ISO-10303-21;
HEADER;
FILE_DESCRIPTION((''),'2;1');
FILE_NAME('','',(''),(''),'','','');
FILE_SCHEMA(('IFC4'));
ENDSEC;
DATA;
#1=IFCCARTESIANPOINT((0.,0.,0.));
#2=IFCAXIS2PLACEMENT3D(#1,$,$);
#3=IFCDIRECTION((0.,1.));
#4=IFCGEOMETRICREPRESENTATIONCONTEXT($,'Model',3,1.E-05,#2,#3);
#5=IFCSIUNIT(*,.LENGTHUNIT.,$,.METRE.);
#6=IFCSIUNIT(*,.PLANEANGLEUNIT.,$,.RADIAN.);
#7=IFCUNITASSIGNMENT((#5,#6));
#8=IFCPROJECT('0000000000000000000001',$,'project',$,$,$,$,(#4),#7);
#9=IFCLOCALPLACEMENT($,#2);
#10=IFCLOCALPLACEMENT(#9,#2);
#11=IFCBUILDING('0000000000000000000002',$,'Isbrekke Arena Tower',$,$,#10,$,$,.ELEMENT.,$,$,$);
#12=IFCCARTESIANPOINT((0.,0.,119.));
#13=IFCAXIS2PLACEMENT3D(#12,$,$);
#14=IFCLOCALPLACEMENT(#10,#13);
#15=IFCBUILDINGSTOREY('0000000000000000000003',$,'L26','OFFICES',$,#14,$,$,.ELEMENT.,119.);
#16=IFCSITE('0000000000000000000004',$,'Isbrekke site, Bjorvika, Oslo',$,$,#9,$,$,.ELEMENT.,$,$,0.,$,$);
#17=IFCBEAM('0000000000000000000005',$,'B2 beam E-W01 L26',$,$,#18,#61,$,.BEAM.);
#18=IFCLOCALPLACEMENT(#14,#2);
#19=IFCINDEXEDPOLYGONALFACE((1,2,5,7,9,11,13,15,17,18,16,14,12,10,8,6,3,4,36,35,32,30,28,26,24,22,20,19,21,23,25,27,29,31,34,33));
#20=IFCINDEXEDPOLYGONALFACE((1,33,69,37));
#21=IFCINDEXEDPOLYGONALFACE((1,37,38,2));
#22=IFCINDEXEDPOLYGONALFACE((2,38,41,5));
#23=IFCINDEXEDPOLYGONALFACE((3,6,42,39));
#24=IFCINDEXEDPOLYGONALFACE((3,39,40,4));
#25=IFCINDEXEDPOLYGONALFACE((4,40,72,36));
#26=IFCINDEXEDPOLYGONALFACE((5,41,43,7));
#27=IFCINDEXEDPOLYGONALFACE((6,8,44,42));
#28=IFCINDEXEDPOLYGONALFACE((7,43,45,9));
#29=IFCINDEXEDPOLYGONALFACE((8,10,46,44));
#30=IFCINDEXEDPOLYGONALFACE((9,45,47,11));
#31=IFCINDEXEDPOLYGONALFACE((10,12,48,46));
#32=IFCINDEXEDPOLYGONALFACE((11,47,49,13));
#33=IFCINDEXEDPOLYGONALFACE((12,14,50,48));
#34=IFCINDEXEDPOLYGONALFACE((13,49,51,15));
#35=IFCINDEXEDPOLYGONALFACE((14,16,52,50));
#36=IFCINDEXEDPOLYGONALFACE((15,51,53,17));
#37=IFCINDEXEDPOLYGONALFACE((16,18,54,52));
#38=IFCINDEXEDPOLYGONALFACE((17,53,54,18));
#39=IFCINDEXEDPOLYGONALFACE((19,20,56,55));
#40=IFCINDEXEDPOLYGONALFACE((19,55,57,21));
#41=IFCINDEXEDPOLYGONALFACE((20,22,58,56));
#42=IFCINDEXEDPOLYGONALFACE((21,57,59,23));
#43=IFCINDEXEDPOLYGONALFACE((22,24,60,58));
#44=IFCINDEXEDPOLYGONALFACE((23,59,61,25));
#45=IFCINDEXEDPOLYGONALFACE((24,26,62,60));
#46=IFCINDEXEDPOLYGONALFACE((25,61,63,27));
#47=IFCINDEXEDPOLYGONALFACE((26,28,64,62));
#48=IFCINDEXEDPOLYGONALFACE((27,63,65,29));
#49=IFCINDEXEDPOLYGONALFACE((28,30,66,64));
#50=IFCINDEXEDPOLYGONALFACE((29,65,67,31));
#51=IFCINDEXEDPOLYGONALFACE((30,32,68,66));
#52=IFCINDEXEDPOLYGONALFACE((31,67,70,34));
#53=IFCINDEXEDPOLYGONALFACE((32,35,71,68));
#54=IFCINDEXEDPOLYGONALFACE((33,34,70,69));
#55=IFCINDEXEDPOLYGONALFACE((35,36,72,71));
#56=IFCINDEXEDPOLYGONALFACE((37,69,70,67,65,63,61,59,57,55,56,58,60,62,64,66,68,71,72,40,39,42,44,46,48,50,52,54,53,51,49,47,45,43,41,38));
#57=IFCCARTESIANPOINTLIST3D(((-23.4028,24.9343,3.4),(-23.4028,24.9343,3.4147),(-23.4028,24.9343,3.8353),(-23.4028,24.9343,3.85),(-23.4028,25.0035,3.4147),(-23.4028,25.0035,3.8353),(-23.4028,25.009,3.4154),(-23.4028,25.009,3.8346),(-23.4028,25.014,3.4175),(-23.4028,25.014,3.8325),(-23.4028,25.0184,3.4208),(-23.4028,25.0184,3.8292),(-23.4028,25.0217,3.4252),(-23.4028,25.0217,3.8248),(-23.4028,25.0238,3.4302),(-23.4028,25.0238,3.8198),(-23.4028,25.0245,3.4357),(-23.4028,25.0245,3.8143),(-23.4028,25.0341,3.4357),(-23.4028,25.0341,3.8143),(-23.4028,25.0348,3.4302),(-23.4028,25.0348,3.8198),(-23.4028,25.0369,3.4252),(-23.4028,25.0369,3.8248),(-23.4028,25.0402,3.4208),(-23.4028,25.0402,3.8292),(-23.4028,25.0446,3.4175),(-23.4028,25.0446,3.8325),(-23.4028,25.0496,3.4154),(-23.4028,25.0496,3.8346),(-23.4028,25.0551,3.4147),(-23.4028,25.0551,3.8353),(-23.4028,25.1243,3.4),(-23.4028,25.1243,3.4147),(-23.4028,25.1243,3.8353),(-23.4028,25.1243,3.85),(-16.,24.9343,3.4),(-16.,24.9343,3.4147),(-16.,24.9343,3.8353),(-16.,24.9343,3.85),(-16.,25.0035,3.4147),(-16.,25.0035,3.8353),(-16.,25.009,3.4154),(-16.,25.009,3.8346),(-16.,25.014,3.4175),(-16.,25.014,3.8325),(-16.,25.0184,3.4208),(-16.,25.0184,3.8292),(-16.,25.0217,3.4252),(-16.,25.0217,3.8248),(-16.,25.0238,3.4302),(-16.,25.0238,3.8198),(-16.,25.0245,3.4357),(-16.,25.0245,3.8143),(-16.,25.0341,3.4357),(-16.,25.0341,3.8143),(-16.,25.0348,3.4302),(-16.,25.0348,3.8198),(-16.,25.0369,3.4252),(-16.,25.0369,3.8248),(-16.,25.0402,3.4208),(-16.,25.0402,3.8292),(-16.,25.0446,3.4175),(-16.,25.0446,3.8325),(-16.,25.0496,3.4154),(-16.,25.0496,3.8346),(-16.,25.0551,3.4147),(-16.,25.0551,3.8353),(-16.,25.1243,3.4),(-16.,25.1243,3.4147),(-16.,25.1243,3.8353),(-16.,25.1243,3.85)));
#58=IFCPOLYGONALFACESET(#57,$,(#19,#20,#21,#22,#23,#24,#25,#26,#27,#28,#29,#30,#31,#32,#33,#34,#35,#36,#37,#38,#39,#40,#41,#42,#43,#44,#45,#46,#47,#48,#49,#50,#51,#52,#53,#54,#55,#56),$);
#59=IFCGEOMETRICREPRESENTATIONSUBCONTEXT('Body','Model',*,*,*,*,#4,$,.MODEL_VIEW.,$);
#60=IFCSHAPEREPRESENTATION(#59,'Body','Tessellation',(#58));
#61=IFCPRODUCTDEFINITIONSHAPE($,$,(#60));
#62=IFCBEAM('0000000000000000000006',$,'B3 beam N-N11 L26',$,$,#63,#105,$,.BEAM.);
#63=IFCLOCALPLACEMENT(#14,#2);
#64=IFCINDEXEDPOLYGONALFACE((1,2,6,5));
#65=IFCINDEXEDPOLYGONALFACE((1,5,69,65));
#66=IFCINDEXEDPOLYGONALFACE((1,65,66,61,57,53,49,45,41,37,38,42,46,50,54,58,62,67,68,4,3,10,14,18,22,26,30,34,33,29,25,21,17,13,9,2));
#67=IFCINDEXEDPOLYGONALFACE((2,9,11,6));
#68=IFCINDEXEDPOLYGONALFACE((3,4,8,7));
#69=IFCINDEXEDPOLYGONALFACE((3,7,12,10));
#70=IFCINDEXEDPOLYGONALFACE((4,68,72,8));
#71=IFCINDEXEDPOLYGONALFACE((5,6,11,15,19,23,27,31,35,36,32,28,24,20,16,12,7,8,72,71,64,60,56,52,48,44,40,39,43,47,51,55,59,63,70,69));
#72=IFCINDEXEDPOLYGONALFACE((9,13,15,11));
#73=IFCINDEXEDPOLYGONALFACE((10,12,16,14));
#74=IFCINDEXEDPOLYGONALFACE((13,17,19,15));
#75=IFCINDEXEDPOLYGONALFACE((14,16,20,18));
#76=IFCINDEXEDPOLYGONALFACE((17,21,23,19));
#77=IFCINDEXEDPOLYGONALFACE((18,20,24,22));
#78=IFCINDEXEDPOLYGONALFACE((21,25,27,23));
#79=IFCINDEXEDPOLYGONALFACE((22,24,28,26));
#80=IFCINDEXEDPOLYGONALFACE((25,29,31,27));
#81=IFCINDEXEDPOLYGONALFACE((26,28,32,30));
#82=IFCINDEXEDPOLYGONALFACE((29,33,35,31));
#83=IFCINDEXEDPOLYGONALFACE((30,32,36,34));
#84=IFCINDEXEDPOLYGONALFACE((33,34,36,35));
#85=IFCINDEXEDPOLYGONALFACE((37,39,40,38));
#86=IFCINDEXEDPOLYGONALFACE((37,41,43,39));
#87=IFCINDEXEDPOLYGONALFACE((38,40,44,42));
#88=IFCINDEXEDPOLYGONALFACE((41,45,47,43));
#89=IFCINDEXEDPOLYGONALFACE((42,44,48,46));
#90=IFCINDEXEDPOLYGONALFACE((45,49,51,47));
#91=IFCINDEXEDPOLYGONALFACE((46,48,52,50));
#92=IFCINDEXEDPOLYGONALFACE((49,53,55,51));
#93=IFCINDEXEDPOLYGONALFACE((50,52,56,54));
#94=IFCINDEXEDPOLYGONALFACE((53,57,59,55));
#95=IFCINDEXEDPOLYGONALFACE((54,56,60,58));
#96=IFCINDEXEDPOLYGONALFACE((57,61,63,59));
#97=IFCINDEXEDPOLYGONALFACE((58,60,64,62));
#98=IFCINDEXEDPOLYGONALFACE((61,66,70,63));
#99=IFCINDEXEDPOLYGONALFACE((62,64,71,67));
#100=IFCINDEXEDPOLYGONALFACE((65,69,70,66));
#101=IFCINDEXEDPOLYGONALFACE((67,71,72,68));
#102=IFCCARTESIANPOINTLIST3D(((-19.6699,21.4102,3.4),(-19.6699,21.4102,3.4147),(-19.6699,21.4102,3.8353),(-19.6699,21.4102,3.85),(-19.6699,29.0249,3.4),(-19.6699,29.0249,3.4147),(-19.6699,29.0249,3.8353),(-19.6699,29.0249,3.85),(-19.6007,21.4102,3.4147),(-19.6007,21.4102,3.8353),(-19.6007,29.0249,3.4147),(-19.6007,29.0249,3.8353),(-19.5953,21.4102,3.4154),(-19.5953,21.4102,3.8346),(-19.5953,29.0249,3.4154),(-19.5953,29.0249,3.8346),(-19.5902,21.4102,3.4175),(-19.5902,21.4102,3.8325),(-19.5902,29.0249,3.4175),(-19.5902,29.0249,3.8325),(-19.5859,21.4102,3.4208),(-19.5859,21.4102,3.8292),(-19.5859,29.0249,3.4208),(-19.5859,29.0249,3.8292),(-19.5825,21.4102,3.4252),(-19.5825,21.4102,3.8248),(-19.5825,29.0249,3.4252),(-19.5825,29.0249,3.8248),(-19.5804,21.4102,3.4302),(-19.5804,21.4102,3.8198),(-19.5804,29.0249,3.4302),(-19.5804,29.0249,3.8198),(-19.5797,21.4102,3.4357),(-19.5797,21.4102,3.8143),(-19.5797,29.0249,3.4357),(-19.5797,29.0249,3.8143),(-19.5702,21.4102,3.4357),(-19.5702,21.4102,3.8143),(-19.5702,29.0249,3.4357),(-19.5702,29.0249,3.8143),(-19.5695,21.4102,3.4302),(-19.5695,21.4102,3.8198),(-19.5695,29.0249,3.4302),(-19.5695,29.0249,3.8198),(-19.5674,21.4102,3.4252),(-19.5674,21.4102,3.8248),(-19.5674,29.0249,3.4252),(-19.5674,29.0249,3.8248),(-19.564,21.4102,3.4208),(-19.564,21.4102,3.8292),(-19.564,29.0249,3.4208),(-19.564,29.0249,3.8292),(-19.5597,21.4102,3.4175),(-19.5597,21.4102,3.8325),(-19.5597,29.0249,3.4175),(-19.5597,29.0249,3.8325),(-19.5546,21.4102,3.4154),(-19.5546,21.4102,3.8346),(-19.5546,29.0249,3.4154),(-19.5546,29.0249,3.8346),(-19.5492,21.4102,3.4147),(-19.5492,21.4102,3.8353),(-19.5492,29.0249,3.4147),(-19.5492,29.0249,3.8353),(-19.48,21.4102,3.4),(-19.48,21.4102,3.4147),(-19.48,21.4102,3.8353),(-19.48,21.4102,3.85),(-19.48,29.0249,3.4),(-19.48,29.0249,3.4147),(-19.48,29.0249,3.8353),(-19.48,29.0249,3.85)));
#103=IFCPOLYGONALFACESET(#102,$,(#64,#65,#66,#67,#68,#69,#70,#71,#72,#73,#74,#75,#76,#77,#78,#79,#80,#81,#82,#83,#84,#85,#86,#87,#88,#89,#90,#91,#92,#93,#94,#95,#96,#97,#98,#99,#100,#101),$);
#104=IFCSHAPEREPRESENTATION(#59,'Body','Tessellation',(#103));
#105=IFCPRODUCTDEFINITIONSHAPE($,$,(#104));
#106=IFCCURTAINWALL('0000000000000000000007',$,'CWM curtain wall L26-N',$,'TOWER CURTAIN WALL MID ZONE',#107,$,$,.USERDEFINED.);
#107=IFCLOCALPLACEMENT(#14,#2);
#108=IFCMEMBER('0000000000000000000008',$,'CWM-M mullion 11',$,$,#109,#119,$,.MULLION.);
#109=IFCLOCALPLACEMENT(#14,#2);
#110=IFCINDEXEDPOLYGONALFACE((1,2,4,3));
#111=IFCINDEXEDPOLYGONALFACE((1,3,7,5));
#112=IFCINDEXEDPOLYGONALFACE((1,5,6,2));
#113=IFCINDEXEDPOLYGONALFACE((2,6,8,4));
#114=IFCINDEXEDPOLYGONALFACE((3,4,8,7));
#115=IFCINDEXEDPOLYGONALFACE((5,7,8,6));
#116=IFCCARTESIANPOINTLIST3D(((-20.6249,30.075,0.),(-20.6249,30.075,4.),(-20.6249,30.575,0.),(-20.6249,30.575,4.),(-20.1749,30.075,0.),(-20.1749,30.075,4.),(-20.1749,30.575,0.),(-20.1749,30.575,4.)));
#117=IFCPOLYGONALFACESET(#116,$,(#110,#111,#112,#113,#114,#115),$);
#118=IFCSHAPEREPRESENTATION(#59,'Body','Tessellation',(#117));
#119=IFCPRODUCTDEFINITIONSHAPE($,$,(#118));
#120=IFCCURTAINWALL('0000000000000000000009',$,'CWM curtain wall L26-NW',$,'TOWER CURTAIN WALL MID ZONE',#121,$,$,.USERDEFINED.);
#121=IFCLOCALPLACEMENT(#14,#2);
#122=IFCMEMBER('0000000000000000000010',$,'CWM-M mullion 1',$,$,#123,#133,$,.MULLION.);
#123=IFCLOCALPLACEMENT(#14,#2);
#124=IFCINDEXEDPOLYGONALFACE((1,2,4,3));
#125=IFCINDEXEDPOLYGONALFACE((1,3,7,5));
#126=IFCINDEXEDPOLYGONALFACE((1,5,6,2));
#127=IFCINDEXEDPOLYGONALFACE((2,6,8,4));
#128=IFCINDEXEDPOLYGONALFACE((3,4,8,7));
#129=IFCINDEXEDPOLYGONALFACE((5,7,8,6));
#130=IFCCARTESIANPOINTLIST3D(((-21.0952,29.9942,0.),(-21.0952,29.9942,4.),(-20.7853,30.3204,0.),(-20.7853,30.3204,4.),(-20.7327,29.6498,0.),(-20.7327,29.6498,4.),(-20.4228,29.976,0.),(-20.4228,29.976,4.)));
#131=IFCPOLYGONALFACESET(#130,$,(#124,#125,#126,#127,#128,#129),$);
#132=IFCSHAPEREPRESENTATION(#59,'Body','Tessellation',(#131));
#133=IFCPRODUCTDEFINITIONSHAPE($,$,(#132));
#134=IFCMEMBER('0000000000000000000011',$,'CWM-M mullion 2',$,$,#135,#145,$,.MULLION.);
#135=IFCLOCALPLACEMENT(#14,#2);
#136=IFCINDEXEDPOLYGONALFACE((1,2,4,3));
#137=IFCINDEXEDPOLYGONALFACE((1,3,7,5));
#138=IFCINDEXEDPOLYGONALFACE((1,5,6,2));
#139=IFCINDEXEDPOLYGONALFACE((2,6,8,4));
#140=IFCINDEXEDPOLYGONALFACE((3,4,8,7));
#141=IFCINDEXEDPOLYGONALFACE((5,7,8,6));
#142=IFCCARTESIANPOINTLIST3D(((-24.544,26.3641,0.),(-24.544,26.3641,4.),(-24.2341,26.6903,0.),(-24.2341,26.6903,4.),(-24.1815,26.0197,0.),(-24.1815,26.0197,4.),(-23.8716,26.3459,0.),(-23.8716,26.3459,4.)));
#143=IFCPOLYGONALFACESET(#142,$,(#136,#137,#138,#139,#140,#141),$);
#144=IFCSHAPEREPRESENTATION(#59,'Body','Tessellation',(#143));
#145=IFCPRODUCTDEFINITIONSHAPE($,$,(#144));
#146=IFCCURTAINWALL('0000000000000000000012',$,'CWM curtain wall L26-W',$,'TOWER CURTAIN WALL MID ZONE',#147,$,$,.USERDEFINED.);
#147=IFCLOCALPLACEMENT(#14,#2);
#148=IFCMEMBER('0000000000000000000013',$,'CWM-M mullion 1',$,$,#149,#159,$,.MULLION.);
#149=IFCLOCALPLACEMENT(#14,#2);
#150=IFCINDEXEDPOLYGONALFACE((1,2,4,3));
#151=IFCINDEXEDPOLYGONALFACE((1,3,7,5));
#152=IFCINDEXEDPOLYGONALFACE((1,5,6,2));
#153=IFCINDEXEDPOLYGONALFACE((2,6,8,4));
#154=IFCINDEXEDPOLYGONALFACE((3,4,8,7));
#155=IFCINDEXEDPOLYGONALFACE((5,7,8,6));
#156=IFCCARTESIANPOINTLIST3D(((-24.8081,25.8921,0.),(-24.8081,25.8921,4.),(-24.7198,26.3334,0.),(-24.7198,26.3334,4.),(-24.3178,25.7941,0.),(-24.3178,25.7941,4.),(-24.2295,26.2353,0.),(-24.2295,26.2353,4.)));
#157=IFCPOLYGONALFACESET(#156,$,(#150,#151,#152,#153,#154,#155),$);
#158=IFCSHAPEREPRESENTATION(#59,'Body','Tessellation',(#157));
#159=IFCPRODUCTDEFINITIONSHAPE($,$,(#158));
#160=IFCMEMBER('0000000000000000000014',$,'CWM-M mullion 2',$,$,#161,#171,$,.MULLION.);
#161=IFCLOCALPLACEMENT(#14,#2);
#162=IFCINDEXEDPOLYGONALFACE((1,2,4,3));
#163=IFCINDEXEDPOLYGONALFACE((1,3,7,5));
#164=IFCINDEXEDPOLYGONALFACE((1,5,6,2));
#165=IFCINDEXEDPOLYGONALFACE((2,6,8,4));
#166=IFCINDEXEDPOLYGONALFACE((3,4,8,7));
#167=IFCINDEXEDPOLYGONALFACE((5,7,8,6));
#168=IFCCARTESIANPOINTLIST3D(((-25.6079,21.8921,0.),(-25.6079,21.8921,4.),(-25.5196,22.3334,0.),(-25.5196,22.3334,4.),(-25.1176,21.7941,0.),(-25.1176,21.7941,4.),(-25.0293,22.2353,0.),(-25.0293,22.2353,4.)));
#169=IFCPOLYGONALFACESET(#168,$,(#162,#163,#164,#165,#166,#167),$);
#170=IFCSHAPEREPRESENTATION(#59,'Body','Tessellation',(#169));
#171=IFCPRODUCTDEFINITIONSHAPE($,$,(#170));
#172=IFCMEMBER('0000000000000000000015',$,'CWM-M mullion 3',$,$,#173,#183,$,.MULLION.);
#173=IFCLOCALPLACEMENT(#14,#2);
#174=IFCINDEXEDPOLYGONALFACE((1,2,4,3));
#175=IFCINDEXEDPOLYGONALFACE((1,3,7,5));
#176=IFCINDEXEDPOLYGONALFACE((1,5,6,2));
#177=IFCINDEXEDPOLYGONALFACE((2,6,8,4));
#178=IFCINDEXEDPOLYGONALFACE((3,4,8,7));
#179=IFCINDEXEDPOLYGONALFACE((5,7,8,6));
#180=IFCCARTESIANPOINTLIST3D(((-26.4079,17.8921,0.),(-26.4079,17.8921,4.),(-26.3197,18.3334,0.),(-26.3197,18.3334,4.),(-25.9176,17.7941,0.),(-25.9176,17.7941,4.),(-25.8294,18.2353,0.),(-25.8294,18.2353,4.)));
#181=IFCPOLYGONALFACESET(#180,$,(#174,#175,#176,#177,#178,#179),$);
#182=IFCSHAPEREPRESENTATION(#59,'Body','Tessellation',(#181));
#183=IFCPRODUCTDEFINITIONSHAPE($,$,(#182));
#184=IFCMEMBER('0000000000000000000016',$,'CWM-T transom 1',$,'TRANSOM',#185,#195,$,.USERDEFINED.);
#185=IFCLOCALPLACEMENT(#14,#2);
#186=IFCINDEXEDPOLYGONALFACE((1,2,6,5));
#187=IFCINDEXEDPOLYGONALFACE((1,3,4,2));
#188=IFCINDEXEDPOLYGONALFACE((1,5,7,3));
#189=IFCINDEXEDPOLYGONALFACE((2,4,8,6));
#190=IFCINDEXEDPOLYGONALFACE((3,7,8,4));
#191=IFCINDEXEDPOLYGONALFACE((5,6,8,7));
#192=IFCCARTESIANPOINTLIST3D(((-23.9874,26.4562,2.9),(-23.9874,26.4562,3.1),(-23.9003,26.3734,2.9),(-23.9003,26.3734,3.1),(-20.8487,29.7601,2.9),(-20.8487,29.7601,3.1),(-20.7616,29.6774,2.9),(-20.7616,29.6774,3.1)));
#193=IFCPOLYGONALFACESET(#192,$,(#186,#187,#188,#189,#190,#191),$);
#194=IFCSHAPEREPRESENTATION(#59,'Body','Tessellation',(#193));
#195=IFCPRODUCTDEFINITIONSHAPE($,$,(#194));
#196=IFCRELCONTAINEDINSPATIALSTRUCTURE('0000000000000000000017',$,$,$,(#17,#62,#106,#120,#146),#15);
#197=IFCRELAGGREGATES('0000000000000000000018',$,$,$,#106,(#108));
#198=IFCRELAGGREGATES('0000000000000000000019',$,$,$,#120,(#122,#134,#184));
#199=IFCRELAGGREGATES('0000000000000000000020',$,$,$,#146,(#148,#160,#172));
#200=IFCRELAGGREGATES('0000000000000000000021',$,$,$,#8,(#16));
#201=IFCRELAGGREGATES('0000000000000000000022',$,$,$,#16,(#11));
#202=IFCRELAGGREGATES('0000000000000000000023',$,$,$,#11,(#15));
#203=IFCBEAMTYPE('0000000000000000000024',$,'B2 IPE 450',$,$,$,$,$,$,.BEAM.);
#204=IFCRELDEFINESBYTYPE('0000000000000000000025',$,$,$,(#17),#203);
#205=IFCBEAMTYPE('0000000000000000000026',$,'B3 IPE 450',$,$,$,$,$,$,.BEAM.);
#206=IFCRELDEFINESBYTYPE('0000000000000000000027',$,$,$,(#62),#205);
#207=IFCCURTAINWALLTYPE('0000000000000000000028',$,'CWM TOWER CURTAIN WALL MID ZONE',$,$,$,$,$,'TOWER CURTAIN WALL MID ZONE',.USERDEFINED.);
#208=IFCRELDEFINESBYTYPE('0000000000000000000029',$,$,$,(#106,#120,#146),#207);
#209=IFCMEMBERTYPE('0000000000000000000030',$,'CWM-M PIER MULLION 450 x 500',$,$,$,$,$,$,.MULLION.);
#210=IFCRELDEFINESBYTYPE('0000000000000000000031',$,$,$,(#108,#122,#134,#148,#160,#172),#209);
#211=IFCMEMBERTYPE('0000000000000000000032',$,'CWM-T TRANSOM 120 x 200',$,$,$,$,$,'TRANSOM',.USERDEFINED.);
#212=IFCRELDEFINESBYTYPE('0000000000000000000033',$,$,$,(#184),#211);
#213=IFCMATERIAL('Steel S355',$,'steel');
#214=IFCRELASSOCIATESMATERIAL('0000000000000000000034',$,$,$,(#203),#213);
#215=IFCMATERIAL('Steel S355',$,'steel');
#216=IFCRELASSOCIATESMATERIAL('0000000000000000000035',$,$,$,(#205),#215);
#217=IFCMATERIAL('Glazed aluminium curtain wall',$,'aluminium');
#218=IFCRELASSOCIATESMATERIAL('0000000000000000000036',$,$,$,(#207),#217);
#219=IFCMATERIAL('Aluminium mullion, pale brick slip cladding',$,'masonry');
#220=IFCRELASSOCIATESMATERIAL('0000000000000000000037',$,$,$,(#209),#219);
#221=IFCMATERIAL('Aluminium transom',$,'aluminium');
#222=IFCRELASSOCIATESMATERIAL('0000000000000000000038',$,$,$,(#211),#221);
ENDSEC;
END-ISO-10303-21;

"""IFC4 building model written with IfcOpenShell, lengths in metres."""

from ifc_helpers import new_model, si_unit, direction, frame, origin, origin_2d, place, context, subcontext, project, spatial, rectangle, i_section, extrude, material, material_profile, profile_set, type_object, element, aggregate, save


model = new_model("IFC4")

# Units and contexts
model_context = context("Model", 3, precision=1e-05, world=origin(), true_north=direction((0.0, 1.0)))
body_context = subcontext(model_context, "Body", "Model", "MODEL_VIEW")
ifc_project = project(units=[si_unit("LENGTHUNIT", "METRE"), si_unit("PLANEANGLEUNIT", "RADIAN")], contexts=[model_context])

# Site, building, storey
site_placement = place(None, origin())
site = spatial("IfcSite", under=ifc_project, at=site_placement, Name="Isbrekke site, Bjorvika, Oslo", CompositionType="ELEMENT", RefElevation=0.0)
building_placement = place(site_placement, origin())
building = spatial("IfcBuilding", under=site, at=building_placement, Name="Isbrekke Arena Tower", CompositionType="ELEMENT")
storey_placement = place(building_placement, frame((0.0, 0.0, 119.0)))
storey = spatial("IfcBuildingStorey", under=building, at=storey_placement, Name="L26", Description="OFFICES", CompositionType="ELEMENT", Elevation=119.0)

# Beams
ifc_material_1 = material(Name="Steel S355", Category="steel")
ifc_material_profile_1 = material_profile(ifc_material_1, i_section(OverallWidth=0.1899, OverallDepth=0.45, WebThickness=0.0095, FlangeThickness=0.0146, FilletRadius=0.021, at=origin_2d()), Name="IPE 450")
ifc_profile_set_1 = profile_set([ifc_material_profile_1], Name="Steel S355")
beam_type_1 = type_object("IfcBeamType", Name="B2 IPE 450", PredefinedType="BEAM", material=ifc_profile_set_1)
beam_1_placement = place(storey_placement, frame((-23.4028, 25.0293, 3.625), z_axis=(1.0, 0.0, 0.0), x_axis=(0.0, 1.0, 0.0)))
element("IfcBeam", 1, at=beam_1_placement, inside=storey, type_object=beam_type_1, Name="B2 beam E-W01 L26", PredefinedType="BEAM", context=body_context, shape_type="SweptSolid", body=[
    extrude(i_section(OverallWidth=0.1899, OverallDepth=0.45, WebThickness=0.0095, FlangeThickness=0.0146, FilletRadius=0.021, at=origin_2d()), origin(), (0.0, 0.0, 1.0), 7.4028),
])
ifc_material_2 = material(Name="Steel S355", Category="steel")
ifc_material_profile_2 = material_profile(ifc_material_2, i_section(OverallWidth=0.1899, OverallDepth=0.45, WebThickness=0.0095, FlangeThickness=0.0146, FilletRadius=0.021, at=origin_2d()), Name="IPE 450")
ifc_profile_set_2 = profile_set([ifc_material_profile_2], Name="Steel S355")
beam_type_2 = type_object("IfcBeamType", Name="B3 IPE 450", PredefinedType="BEAM", material=ifc_profile_set_2)
beam_2_placement = place(storey_placement, frame((-19.575, 29.0249, 3.625), z_axis=(0.0, -1.0, 0.0), x_axis=(1.0, 0.0, 0.0)))
element("IfcBeam", 2, at=beam_2_placement, inside=storey, type_object=beam_type_2, Name="B3 beam N-N11 L26", PredefinedType="BEAM", context=body_context, shape_type="SweptSolid", body=[
    extrude(i_section(OverallWidth=0.1899, OverallDepth=0.45, WebThickness=0.0095, FlangeThickness=0.0146, FilletRadius=0.021, at=origin_2d()), origin(), (0.0, 0.0, 1.0), 7.6147),
])

# Curtain wall, member
ifc_material_3 = material(Name="Glazed aluminium curtain wall", Category="aluminium")
curtain_wall_type = type_object("IfcCurtainWallType", Name="CWM TOWER CURTAIN WALL MID ZONE", ElementType="TOWER CURTAIN WALL MID ZONE", PredefinedType="USERDEFINED", material=ifc_material_3)
curtain_wall_1_placement = place(storey_placement, origin())
curtain_wall_1 = element("IfcCurtainWall", 3, at=curtain_wall_1_placement, inside=storey, type_object=curtain_wall_type, Name="CWM curtain wall L26-N", ObjectType="TOWER CURTAIN WALL MID ZONE", PredefinedType="USERDEFINED")
ifc_material_4 = material(Name="Aluminium mullion, pale brick slip cladding", Category="masonry")
ifc_material_profile_3 = material_profile(ifc_material_4, rectangle(XDim=0.45, YDim=0.5, at=origin_2d()), Name="PIER 450X500")
ifc_profile_set_3 = profile_set([ifc_material_profile_3], Name="Aluminium mullion, pale brick slip cladding")
member_type_1 = type_object("IfcMemberType", Name="CWM-M PIER MULLION 450 x 500", PredefinedType="MULLION", material=ifc_profile_set_3)
member_1_placement = place(storey_placement, frame((-20.3999, 30.325, 0.0), z_axis=(0.0, 0.0, 1.0), x_axis=(-1.0, 0.0, 0.0)))
member_1 = element("IfcMember", 4, at=member_1_placement, type_object=member_type_1, Name="CWM-M mullion 11", PredefinedType="MULLION", context=body_context, shape_type="SweptSolid", body=[
    extrude(rectangle(XDim=0.45, YDim=0.5, at=origin_2d()), origin(), (0.0, 0.0, 1.0), 4.0),
])
aggregate(curtain_wall_1, [member_1])

# Curtain walls, members
curtain_wall_2_placement = place(storey_placement, origin())
curtain_wall_2 = element("IfcCurtainWall", 5, at=curtain_wall_2_placement, inside=storey, type_object=curtain_wall_type, Name="CWM curtain wall L26-NW", ObjectType="TOWER CURTAIN WALL MID ZONE", PredefinedType="USERDEFINED")
member_2_placement = place(storey_placement, frame((-20.759, 29.9851, 0.0), z_axis=(0.0, 0.0, 1.0), x_axis=(-0.688749, -0.724999, 0.0)))
member_2 = element("IfcMember", 6, at=member_2_placement, type_object=member_type_1, Name="CWM-M mullion 1", PredefinedType="MULLION", context=body_context, shape_type="SweptSolid", body=[
    extrude(rectangle(XDim=0.45, YDim=0.5, at=origin_2d()), origin(), (0.0, 0.0, 1.0), 4.0),
])
member_3_placement = place(storey_placement, frame((-24.2078, 26.355, 0.0), z_axis=(0.0, 0.0, 1.0), x_axis=(-0.688749, -0.724999, 0.0)))
member_3 = element("IfcMember", 7, at=member_3_placement, type_object=member_type_1, Name="CWM-M mullion 2", PredefinedType="MULLION", context=body_context, shape_type="SweptSolid", body=[
    extrude(rectangle(XDim=0.45, YDim=0.5, at=origin_2d()), origin(), (0.0, 0.0, 1.0), 4.0),
])
curtain_wall_3_placement = place(storey_placement, origin())
curtain_wall_3 = element("IfcCurtainWall", 8, at=curtain_wall_3_placement, inside=storey, type_object=curtain_wall_type, Name="CWM curtain wall L26-W", ObjectType="TOWER CURTAIN WALL MID ZONE", PredefinedType="USERDEFINED")
member_4_placement = place(storey_placement, frame((-24.5188, 26.0637, 0.0), z_axis=(0.0, 0.0, 1.0), x_axis=(-0.196116, -0.980581, 0.0)))
member_4 = element("IfcMember", 9, at=member_4_placement, type_object=member_type_1, Name="CWM-M mullion 1", PredefinedType="MULLION", context=body_context, shape_type="SweptSolid", body=[
    extrude(rectangle(XDim=0.45, YDim=0.5, at=origin_2d()), origin(), (0.0, 0.0, 1.0), 4.0),
])
member_5_placement = place(storey_placement, frame((-25.3186, 22.0637, 0.0), z_axis=(0.0, 0.0, 1.0), x_axis=(-0.196116, -0.980581, 0.0)))
member_5 = element("IfcMember", 10, at=member_5_placement, type_object=member_type_1, Name="CWM-M mullion 2", PredefinedType="MULLION", context=body_context, shape_type="SweptSolid", body=[
    extrude(rectangle(XDim=0.45, YDim=0.5, at=origin_2d()), origin(), (0.0, 0.0, 1.0), 4.0),
])
member_6_placement = place(storey_placement, frame((-26.1187, 18.0637, 0.0), z_axis=(0.0, 0.0, 1.0), x_axis=(-0.196116, -0.980581, 0.0)))
member_6 = element("IfcMember", 11, at=member_6_placement, type_object=member_type_1, Name="CWM-M mullion 3", PredefinedType="MULLION", context=body_context, shape_type="SweptSolid", body=[
    extrude(rectangle(XDim=0.45, YDim=0.5, at=origin_2d()), origin(), (0.0, 0.0, 1.0), 4.0),
])

# Member
ifc_material_5 = material(Name="Aluminium transom", Category="aluminium")
ifc_material_profile_4 = material_profile(ifc_material_5, rectangle(XDim=0.1201, YDim=0.2, at=origin_2d()), Name="TRANSOM 120X200")
ifc_profile_set_4 = profile_set([ifc_material_profile_4], Name="Aluminium transom")
member_type_2 = type_object("IfcMemberType", Name="CWM-T TRANSOM 120 x 200", ElementType="TRANSOM", PredefinedType="USERDEFINED", material=ifc_profile_set_4)
member_7_placement = place(storey_placement, frame((-20.8052, 29.7188, 3.0), z_axis=(-0.68874, -0.725009, 0.0), x_axis=(0.725009, -0.68874, 0.0)))
member_7 = element("IfcMember", 12, at=member_7_placement, type_object=member_type_2, Name="CWM-T transom 1", ObjectType="TRANSOM", PredefinedType="USERDEFINED", context=body_context, shape_type="SweptSolid", body=[
    extrude(rectangle(XDim=0.1201, YDim=0.2, at=origin_2d()), origin(), (0.0, 0.0, 1.0), 4.5571),
])

aggregate(curtain_wall_2, [member_2, member_3, member_7])
aggregate(curtain_wall_3, [member_4, member_5, member_6])

save(model, "model.ifc")
